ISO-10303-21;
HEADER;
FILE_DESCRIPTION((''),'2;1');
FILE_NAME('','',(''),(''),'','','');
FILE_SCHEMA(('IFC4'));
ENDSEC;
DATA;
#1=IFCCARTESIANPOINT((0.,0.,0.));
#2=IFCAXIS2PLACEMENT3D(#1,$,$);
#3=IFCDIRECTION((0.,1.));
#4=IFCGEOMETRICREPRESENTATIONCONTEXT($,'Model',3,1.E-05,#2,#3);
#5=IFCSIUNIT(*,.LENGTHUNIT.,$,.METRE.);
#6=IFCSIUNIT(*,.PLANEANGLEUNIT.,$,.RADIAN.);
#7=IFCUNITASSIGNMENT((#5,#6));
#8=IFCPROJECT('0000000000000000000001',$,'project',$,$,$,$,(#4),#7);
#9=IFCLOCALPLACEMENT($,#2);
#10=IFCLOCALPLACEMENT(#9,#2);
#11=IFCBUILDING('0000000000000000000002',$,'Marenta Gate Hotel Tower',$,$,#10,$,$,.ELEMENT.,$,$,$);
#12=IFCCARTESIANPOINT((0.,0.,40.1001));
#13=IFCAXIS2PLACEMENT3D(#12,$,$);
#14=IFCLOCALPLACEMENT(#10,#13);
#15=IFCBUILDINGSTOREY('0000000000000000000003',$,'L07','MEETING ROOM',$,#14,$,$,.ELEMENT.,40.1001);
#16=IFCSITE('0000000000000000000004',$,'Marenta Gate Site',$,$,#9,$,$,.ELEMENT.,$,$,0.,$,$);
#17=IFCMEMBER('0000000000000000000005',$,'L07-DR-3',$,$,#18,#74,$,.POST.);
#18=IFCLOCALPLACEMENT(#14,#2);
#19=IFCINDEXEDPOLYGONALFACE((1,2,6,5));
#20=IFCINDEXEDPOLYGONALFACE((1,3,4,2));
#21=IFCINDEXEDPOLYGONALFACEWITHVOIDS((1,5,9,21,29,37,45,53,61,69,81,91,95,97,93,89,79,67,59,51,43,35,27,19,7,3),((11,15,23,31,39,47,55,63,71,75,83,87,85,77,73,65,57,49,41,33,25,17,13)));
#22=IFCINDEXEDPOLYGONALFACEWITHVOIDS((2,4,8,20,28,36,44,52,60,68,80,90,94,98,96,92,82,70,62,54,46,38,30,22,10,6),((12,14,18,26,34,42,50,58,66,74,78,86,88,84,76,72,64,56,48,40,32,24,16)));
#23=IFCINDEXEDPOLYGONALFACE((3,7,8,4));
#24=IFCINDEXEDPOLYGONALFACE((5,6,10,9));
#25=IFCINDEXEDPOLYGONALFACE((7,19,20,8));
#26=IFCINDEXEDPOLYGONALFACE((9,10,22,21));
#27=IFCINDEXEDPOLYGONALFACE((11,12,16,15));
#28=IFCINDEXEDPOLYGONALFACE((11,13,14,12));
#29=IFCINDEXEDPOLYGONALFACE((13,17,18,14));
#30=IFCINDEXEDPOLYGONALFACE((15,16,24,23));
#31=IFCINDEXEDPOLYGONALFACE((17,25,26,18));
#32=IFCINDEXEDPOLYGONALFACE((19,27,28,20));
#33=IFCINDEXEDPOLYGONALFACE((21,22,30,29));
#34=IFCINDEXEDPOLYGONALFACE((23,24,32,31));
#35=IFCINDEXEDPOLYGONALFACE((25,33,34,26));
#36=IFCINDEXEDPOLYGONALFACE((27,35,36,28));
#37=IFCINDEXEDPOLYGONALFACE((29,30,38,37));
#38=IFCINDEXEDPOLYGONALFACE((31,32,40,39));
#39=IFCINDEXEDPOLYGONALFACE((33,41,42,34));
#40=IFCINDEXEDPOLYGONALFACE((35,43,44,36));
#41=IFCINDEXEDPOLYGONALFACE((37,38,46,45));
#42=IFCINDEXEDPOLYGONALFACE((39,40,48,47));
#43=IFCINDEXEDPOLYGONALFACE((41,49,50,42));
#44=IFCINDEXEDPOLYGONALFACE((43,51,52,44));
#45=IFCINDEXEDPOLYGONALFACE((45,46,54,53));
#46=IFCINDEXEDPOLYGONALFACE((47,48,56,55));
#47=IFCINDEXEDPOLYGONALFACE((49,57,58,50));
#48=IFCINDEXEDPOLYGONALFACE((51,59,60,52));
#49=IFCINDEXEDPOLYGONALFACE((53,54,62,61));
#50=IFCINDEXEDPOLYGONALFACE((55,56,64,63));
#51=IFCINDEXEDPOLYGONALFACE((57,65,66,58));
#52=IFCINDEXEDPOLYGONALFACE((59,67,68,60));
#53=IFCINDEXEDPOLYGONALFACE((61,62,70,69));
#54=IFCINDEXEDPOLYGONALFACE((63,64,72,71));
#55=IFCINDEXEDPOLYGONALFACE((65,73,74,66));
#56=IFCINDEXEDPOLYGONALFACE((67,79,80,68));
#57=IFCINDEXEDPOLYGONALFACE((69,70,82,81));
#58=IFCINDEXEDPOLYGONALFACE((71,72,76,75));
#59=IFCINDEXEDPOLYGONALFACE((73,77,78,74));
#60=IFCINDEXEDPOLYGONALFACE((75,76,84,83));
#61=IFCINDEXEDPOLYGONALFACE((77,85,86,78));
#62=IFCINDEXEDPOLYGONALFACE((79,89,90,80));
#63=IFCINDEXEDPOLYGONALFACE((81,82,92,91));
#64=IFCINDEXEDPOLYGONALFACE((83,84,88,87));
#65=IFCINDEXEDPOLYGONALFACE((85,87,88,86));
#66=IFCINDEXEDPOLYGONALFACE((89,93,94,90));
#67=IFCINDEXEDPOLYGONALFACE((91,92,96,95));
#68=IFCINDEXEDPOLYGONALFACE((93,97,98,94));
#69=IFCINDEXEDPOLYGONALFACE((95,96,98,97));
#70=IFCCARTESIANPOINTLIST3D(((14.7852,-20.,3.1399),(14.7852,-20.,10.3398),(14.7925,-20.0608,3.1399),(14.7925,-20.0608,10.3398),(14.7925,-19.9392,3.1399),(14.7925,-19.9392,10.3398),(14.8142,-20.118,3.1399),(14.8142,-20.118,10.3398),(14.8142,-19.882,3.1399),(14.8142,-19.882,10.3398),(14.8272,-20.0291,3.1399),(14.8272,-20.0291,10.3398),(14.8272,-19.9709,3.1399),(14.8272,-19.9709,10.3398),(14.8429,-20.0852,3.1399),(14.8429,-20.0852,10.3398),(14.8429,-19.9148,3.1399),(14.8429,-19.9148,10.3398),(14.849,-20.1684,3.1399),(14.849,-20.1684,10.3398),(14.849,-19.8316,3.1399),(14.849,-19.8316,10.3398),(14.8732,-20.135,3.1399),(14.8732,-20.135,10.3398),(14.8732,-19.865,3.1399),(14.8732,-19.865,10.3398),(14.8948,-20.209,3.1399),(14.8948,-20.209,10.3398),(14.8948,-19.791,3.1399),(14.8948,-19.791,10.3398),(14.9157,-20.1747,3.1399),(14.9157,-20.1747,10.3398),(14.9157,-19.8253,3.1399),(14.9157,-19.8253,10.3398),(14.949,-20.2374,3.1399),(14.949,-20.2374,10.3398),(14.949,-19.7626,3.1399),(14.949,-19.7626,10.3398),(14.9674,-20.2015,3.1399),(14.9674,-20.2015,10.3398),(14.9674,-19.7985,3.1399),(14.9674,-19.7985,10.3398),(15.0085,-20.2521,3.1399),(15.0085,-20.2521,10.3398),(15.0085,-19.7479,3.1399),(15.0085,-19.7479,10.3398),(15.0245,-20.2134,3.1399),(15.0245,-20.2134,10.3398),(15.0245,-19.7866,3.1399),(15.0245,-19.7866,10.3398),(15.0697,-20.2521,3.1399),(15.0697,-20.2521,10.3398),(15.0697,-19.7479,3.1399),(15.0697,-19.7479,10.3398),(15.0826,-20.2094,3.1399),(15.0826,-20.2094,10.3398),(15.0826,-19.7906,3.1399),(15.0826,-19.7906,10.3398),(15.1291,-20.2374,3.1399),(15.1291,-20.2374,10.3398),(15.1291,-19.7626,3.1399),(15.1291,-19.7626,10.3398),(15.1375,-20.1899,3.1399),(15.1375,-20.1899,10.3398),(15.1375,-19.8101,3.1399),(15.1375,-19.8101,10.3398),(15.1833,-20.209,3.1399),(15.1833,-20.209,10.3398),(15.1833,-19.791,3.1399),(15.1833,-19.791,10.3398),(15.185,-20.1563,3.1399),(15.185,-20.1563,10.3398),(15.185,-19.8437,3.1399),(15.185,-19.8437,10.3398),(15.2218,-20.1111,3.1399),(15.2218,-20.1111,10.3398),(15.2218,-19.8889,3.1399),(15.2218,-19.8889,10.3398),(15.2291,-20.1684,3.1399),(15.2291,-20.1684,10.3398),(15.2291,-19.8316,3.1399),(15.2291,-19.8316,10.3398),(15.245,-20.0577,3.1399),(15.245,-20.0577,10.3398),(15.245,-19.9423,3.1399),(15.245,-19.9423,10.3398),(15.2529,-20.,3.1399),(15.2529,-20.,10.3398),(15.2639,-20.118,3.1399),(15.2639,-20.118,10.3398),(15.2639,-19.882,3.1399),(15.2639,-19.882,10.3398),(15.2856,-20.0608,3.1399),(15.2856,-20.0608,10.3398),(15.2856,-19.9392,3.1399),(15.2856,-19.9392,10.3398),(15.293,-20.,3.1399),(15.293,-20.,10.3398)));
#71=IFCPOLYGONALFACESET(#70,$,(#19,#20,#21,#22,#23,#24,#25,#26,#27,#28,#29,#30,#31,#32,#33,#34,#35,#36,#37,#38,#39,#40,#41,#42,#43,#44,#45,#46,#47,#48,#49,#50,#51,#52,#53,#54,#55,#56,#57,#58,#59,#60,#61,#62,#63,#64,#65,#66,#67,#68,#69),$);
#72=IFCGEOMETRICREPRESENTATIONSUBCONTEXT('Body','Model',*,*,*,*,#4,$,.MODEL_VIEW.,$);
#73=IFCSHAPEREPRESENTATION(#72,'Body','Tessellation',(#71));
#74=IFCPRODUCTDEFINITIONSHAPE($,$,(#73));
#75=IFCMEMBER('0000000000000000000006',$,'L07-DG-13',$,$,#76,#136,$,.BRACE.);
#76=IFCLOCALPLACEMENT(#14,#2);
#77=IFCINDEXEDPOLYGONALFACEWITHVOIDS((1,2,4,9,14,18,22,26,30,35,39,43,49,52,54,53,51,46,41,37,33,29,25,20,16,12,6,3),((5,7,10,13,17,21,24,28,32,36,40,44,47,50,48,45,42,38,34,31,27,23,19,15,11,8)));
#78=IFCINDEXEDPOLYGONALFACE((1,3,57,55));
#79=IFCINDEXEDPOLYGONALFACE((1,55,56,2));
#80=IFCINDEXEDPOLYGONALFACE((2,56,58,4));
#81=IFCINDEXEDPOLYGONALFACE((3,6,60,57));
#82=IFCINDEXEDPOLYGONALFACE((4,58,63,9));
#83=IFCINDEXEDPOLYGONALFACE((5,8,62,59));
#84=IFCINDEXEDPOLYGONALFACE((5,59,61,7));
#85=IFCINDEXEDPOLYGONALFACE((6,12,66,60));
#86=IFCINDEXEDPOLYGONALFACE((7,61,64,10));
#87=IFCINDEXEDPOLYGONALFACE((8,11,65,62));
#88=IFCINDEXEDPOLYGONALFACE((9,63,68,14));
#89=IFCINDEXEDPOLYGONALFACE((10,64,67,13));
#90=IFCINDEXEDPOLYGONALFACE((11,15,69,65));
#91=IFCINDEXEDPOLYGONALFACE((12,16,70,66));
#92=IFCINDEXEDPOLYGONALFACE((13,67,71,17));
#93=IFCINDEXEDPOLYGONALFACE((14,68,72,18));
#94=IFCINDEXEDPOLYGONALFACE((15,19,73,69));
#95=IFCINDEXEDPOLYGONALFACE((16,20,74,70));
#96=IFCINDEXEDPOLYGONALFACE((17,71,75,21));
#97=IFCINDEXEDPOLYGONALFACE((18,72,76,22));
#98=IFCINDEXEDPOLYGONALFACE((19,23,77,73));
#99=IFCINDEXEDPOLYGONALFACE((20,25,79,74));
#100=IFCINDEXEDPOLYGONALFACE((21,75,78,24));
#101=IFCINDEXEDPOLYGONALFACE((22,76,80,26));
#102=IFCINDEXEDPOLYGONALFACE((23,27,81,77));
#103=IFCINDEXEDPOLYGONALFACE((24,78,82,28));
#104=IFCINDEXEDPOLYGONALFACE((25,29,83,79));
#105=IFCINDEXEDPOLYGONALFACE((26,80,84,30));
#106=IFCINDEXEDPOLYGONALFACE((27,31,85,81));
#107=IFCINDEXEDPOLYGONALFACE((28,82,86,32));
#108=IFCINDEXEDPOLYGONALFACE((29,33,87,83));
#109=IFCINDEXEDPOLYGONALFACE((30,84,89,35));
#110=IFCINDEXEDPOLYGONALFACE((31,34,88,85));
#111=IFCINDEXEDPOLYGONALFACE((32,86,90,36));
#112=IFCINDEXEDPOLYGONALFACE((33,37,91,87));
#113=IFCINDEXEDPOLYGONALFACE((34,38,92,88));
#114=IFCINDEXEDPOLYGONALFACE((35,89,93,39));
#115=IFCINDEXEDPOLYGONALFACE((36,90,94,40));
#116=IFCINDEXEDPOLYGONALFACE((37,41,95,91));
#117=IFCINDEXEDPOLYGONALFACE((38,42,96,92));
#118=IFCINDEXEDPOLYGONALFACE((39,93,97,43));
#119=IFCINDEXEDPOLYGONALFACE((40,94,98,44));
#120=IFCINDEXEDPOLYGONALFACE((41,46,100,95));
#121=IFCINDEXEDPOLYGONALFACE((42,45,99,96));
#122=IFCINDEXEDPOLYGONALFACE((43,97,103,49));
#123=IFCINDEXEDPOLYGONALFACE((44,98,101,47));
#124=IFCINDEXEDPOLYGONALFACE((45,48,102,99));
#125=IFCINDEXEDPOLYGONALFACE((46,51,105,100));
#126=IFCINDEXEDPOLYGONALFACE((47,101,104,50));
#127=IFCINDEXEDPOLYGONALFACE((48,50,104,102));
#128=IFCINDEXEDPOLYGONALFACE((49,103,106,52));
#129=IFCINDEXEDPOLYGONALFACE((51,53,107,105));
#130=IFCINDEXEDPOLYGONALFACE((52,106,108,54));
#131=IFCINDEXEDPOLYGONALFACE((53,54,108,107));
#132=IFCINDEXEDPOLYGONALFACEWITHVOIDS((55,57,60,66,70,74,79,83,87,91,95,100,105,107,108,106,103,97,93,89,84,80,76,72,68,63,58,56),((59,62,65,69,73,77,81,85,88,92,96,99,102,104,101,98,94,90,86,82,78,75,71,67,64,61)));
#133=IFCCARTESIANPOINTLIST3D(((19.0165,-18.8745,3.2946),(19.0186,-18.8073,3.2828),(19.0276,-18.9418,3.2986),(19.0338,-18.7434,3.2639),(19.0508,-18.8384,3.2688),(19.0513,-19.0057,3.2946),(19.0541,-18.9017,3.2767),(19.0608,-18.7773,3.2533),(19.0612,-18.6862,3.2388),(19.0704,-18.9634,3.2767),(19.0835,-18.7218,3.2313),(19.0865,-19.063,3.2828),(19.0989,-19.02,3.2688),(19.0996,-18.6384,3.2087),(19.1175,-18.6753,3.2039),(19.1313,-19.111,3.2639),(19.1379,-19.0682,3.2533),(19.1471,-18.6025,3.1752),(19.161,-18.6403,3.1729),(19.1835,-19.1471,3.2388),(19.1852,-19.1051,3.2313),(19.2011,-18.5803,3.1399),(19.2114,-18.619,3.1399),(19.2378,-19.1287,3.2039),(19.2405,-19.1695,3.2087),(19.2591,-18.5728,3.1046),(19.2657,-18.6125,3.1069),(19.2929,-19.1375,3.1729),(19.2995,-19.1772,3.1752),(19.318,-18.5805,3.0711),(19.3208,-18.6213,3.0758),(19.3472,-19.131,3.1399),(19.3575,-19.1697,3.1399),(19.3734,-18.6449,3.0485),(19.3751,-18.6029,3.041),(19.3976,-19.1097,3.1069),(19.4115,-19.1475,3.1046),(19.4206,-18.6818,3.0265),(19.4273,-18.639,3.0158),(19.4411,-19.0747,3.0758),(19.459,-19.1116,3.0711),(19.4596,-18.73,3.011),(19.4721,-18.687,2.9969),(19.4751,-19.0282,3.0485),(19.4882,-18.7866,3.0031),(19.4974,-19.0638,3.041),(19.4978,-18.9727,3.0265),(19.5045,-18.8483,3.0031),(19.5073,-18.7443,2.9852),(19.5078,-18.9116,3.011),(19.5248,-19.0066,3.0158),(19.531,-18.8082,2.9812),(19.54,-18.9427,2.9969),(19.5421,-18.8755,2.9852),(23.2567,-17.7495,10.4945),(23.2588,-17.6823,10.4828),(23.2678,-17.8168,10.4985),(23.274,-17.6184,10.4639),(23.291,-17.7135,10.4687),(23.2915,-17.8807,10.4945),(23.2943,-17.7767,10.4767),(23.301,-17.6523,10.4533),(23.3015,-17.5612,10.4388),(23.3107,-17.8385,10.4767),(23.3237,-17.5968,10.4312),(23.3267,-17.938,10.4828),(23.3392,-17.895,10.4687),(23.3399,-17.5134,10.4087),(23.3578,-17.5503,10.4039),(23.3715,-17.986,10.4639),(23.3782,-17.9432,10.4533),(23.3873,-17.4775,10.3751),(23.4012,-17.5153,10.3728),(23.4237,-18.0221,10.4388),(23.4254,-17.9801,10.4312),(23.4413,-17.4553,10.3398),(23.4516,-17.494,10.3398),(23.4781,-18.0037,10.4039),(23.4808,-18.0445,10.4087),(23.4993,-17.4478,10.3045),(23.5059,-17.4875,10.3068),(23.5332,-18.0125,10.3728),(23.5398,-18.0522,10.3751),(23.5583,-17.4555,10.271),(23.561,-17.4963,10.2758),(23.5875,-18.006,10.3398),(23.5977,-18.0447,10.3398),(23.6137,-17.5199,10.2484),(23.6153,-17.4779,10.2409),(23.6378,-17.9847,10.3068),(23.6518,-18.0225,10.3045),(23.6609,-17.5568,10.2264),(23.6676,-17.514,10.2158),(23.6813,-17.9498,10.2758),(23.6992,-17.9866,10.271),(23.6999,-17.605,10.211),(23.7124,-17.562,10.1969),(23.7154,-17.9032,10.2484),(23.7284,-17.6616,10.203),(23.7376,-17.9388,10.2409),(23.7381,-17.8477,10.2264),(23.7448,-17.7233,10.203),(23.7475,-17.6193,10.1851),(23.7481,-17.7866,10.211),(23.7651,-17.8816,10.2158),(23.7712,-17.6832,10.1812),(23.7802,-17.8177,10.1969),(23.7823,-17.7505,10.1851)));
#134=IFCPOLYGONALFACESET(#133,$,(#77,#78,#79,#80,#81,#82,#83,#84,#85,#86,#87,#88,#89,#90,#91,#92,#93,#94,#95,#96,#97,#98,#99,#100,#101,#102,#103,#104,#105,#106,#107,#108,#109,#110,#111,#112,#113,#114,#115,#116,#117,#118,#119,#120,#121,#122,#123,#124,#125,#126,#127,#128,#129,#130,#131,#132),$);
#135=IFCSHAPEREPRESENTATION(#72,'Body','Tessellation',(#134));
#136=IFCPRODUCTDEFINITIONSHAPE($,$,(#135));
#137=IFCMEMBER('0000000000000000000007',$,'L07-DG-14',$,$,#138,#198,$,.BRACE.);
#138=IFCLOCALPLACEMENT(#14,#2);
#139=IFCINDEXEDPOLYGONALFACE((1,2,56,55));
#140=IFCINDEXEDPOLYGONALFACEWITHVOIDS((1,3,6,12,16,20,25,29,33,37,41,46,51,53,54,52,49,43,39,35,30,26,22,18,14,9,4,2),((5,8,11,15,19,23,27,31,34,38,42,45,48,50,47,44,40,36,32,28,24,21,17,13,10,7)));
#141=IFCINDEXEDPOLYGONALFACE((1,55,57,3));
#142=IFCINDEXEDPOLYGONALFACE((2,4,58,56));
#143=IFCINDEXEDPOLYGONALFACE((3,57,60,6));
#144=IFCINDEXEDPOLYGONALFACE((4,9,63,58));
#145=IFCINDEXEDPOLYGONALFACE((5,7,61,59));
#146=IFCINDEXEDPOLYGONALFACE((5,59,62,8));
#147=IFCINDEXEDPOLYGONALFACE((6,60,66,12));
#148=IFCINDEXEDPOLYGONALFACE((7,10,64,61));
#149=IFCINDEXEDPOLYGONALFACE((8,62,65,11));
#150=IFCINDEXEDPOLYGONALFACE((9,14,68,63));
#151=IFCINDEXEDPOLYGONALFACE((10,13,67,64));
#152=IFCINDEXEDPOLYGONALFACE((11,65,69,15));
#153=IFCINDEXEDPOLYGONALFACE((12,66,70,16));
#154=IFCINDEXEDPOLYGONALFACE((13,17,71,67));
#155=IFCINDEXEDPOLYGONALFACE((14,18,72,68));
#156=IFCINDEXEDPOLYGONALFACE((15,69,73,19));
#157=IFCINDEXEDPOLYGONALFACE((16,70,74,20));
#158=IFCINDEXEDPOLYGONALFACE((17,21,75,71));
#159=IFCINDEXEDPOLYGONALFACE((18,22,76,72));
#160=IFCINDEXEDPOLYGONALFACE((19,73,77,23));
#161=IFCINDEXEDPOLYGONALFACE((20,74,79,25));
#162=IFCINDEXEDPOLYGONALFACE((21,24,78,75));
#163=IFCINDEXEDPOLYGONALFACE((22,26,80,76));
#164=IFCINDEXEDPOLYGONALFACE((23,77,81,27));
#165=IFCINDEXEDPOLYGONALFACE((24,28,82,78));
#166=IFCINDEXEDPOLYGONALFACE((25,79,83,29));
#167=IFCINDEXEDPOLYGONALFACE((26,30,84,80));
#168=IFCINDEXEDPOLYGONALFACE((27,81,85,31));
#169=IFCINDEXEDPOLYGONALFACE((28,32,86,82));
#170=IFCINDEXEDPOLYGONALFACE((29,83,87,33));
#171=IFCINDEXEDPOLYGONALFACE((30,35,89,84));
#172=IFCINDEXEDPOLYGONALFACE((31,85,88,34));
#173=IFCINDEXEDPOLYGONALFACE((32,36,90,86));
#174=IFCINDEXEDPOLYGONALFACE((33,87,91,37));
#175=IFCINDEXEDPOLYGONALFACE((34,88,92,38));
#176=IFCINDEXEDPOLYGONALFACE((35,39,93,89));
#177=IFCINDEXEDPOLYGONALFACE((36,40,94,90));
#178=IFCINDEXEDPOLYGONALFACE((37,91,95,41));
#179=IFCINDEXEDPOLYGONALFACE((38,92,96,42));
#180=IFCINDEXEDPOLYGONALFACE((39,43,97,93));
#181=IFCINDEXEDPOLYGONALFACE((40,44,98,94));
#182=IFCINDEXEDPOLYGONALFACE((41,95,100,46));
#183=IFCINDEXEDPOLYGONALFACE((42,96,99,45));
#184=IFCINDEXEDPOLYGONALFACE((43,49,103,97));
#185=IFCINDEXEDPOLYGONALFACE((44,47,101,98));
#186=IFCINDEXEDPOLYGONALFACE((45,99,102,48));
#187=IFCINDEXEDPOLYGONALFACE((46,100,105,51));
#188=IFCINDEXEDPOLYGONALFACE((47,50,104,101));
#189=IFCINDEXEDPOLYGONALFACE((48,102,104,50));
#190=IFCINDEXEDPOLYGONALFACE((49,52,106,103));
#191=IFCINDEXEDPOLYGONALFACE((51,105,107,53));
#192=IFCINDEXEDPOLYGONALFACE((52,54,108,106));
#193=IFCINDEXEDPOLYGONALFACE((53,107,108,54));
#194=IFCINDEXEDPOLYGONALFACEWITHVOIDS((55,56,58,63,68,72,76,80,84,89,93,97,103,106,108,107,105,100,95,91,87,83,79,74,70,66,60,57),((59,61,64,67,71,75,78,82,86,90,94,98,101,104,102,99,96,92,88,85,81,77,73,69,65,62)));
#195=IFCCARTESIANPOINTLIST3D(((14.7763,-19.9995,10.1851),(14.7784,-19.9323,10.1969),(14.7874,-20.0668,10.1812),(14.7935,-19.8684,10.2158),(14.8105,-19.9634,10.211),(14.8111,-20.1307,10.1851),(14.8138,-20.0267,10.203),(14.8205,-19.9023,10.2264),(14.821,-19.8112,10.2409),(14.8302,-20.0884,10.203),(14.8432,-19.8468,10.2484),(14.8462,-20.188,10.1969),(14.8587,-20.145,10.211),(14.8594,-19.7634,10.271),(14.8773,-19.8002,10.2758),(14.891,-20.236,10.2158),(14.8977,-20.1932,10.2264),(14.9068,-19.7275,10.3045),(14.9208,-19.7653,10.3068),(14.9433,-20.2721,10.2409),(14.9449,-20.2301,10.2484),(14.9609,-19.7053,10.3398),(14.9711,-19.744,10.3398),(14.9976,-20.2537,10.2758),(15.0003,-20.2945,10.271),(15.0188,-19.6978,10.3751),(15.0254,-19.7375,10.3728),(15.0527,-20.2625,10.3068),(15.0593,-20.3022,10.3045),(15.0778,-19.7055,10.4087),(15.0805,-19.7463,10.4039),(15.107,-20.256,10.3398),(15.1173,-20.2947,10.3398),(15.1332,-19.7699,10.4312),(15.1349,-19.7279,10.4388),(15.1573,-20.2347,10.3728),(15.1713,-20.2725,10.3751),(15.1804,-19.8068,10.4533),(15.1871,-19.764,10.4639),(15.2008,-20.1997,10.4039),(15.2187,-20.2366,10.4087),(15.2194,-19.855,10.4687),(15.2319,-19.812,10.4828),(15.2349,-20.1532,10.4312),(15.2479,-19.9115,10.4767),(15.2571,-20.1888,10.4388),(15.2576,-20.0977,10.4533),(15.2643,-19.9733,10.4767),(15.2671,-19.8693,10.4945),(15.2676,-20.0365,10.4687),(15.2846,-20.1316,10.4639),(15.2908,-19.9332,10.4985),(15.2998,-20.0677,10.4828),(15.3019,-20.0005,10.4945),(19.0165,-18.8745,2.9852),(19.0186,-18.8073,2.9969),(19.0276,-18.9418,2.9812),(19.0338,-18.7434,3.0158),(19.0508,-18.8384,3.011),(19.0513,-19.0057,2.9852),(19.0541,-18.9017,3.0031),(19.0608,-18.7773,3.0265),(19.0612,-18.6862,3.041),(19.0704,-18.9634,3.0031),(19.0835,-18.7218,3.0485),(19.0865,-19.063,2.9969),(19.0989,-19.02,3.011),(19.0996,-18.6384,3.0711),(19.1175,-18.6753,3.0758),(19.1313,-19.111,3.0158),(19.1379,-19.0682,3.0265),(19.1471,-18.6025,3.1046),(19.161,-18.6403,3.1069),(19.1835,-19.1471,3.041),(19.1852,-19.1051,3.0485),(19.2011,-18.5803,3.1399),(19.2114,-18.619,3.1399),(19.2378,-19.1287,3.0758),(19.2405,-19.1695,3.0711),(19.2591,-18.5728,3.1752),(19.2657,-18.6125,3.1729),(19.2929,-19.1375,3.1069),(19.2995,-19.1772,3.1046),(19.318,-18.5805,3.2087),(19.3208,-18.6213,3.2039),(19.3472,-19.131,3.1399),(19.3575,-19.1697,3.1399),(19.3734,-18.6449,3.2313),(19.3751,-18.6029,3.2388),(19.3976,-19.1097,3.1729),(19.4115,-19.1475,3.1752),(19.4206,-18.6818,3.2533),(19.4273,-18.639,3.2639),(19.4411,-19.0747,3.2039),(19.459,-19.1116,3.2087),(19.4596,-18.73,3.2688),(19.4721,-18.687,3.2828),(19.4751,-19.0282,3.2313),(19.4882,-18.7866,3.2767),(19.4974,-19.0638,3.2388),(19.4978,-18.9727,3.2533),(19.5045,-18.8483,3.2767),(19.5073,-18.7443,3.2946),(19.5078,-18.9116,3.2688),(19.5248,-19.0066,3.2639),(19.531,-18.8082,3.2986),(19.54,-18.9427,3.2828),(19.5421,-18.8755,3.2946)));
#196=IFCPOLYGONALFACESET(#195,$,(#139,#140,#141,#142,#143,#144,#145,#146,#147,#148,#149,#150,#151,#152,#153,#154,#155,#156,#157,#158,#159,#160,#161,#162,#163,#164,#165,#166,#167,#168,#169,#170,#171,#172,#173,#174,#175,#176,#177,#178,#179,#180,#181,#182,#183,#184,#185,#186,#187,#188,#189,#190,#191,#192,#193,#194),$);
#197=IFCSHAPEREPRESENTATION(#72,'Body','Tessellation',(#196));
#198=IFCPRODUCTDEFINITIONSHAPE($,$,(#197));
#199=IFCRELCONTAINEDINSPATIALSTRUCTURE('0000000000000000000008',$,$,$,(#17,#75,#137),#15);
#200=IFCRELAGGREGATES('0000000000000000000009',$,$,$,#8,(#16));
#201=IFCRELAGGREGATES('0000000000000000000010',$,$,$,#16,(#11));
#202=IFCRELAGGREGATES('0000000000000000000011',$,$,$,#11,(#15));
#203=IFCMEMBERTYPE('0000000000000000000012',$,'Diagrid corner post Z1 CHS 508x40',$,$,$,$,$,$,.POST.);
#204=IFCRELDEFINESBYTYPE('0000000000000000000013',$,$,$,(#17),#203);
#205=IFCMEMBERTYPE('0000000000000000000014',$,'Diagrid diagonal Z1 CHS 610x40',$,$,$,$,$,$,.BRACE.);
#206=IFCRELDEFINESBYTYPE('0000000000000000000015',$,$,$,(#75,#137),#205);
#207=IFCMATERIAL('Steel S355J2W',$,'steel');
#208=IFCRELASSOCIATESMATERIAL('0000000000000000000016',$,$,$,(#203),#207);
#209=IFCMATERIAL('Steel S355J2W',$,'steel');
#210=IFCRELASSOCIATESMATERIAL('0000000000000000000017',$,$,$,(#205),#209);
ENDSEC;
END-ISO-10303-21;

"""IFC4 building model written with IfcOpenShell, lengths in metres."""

from ifc_helpers import new_model, si_unit, direction, frame, origin, origin_2d, place, context, subcontext, project, spatial, hollow_circle, extrude, material, material_profile, profile_set, type_object, element, save


model = new_model("IFC4")

# Units and contexts
model_context = context("Model", 3, precision=1e-05, world=origin(), true_north=direction((0.0, 1.0)))
body_context = subcontext(model_context, "Body", "Model", "MODEL_VIEW")
ifc_project = project(units=[si_unit("LENGTHUNIT", "METRE"), si_unit("PLANEANGLEUNIT", "RADIAN")], contexts=[model_context])

# Site, building, storey
site_placement = place(None, origin())
site = spatial("IfcSite", under=ifc_project, at=site_placement, Name="Marenta Gate Site", CompositionType="ELEMENT", RefElevation=0.0)
building_placement = place(site_placement, origin())
building = spatial("IfcBuilding", under=site, at=building_placement, Name="Marenta Gate Hotel Tower", CompositionType="ELEMENT")
storey_placement = place(building_placement, frame((0.0, 0.0, 40.1001)))
storey = spatial("IfcBuildingStorey", under=building, at=storey_placement, Name="L07", Description="MEETING ROOM", CompositionType="ELEMENT", Elevation=40.1001)

# Members
ifc_material_1 = material(Name="Steel S355J2W", Category="steel")
ifc_material_profile_1 = material_profile(ifc_material_1, hollow_circle(Radius=0.2539, WallThickness=0.04, at=origin_2d()), Name="CHS 508x40")
ifc_profile_set_1 = profile_set([ifc_material_profile_1], Name="Steel S355J2W")
member_type_1 = type_object("IfcMemberType", Name="Diagrid corner post Z1 CHS 508x40", PredefinedType="POST", material=ifc_profile_set_1)
member_1_placement = place(storey_placement, frame((15.0391, -20.0, 3.1399), z_axis=(0.0, 0.0, 1.0), x_axis=(1.0, 0.0, 0.0)))
element("IfcMember", 1, at=member_1_placement, inside=storey, type_object=member_type_1, Name="L07-DR-3", PredefinedType="POST", context=body_context, shape_type="SweptSolid", body=[
    extrude(hollow_circle(Radius=0.2539, WallThickness=0.04, at=origin_2d()), origin(), (0.0, 0.0, 1.0), 7.2),
])
ifc_material_2 = material(Name="Steel S355J2W", Category="steel")
ifc_material_profile_2 = material_profile(ifc_material_2, hollow_circle(Radius=0.3049, WallThickness=0.04, at=origin_2d()), Name="CHS 610x40")
ifc_profile_set_2 = profile_set([ifc_material_profile_2], Name="Steel S355J2W")
member_type_2 = type_object("IfcMemberType", Name="Diagrid diagonal Z1 CHS 610x40", PredefinedType="BRACE", material=ifc_profile_set_2)
for number, where, z_axis, x_axis, name in (
    (2, (19.2793, -18.875, 3.1399), (0.502924, 0.133434, 0.853969), (-0.256443, 0.966559, 0.0), "L07-DG-13"),
    (3, (19.2793, -18.875, 3.1399), (-0.502924, -0.133434, 0.853969), (0.256443, -0.966559, 0.0), "L07-DG-14"),
):
    element("IfcMember", number, at=place(storey_placement, frame(where, z_axis=z_axis, x_axis=x_axis)), inside=storey, type_object=member_type_2, Name=name, PredefinedType="BRACE", context=body_context, shape_type="SweptSolid", body=[
        extrude(hollow_circle(Radius=0.3049, WallThickness=0.04, at=origin_2d()), origin(), (0.0, 0.0, 1.0), 8.4312),
    ])

save(model, "model.ifc")
